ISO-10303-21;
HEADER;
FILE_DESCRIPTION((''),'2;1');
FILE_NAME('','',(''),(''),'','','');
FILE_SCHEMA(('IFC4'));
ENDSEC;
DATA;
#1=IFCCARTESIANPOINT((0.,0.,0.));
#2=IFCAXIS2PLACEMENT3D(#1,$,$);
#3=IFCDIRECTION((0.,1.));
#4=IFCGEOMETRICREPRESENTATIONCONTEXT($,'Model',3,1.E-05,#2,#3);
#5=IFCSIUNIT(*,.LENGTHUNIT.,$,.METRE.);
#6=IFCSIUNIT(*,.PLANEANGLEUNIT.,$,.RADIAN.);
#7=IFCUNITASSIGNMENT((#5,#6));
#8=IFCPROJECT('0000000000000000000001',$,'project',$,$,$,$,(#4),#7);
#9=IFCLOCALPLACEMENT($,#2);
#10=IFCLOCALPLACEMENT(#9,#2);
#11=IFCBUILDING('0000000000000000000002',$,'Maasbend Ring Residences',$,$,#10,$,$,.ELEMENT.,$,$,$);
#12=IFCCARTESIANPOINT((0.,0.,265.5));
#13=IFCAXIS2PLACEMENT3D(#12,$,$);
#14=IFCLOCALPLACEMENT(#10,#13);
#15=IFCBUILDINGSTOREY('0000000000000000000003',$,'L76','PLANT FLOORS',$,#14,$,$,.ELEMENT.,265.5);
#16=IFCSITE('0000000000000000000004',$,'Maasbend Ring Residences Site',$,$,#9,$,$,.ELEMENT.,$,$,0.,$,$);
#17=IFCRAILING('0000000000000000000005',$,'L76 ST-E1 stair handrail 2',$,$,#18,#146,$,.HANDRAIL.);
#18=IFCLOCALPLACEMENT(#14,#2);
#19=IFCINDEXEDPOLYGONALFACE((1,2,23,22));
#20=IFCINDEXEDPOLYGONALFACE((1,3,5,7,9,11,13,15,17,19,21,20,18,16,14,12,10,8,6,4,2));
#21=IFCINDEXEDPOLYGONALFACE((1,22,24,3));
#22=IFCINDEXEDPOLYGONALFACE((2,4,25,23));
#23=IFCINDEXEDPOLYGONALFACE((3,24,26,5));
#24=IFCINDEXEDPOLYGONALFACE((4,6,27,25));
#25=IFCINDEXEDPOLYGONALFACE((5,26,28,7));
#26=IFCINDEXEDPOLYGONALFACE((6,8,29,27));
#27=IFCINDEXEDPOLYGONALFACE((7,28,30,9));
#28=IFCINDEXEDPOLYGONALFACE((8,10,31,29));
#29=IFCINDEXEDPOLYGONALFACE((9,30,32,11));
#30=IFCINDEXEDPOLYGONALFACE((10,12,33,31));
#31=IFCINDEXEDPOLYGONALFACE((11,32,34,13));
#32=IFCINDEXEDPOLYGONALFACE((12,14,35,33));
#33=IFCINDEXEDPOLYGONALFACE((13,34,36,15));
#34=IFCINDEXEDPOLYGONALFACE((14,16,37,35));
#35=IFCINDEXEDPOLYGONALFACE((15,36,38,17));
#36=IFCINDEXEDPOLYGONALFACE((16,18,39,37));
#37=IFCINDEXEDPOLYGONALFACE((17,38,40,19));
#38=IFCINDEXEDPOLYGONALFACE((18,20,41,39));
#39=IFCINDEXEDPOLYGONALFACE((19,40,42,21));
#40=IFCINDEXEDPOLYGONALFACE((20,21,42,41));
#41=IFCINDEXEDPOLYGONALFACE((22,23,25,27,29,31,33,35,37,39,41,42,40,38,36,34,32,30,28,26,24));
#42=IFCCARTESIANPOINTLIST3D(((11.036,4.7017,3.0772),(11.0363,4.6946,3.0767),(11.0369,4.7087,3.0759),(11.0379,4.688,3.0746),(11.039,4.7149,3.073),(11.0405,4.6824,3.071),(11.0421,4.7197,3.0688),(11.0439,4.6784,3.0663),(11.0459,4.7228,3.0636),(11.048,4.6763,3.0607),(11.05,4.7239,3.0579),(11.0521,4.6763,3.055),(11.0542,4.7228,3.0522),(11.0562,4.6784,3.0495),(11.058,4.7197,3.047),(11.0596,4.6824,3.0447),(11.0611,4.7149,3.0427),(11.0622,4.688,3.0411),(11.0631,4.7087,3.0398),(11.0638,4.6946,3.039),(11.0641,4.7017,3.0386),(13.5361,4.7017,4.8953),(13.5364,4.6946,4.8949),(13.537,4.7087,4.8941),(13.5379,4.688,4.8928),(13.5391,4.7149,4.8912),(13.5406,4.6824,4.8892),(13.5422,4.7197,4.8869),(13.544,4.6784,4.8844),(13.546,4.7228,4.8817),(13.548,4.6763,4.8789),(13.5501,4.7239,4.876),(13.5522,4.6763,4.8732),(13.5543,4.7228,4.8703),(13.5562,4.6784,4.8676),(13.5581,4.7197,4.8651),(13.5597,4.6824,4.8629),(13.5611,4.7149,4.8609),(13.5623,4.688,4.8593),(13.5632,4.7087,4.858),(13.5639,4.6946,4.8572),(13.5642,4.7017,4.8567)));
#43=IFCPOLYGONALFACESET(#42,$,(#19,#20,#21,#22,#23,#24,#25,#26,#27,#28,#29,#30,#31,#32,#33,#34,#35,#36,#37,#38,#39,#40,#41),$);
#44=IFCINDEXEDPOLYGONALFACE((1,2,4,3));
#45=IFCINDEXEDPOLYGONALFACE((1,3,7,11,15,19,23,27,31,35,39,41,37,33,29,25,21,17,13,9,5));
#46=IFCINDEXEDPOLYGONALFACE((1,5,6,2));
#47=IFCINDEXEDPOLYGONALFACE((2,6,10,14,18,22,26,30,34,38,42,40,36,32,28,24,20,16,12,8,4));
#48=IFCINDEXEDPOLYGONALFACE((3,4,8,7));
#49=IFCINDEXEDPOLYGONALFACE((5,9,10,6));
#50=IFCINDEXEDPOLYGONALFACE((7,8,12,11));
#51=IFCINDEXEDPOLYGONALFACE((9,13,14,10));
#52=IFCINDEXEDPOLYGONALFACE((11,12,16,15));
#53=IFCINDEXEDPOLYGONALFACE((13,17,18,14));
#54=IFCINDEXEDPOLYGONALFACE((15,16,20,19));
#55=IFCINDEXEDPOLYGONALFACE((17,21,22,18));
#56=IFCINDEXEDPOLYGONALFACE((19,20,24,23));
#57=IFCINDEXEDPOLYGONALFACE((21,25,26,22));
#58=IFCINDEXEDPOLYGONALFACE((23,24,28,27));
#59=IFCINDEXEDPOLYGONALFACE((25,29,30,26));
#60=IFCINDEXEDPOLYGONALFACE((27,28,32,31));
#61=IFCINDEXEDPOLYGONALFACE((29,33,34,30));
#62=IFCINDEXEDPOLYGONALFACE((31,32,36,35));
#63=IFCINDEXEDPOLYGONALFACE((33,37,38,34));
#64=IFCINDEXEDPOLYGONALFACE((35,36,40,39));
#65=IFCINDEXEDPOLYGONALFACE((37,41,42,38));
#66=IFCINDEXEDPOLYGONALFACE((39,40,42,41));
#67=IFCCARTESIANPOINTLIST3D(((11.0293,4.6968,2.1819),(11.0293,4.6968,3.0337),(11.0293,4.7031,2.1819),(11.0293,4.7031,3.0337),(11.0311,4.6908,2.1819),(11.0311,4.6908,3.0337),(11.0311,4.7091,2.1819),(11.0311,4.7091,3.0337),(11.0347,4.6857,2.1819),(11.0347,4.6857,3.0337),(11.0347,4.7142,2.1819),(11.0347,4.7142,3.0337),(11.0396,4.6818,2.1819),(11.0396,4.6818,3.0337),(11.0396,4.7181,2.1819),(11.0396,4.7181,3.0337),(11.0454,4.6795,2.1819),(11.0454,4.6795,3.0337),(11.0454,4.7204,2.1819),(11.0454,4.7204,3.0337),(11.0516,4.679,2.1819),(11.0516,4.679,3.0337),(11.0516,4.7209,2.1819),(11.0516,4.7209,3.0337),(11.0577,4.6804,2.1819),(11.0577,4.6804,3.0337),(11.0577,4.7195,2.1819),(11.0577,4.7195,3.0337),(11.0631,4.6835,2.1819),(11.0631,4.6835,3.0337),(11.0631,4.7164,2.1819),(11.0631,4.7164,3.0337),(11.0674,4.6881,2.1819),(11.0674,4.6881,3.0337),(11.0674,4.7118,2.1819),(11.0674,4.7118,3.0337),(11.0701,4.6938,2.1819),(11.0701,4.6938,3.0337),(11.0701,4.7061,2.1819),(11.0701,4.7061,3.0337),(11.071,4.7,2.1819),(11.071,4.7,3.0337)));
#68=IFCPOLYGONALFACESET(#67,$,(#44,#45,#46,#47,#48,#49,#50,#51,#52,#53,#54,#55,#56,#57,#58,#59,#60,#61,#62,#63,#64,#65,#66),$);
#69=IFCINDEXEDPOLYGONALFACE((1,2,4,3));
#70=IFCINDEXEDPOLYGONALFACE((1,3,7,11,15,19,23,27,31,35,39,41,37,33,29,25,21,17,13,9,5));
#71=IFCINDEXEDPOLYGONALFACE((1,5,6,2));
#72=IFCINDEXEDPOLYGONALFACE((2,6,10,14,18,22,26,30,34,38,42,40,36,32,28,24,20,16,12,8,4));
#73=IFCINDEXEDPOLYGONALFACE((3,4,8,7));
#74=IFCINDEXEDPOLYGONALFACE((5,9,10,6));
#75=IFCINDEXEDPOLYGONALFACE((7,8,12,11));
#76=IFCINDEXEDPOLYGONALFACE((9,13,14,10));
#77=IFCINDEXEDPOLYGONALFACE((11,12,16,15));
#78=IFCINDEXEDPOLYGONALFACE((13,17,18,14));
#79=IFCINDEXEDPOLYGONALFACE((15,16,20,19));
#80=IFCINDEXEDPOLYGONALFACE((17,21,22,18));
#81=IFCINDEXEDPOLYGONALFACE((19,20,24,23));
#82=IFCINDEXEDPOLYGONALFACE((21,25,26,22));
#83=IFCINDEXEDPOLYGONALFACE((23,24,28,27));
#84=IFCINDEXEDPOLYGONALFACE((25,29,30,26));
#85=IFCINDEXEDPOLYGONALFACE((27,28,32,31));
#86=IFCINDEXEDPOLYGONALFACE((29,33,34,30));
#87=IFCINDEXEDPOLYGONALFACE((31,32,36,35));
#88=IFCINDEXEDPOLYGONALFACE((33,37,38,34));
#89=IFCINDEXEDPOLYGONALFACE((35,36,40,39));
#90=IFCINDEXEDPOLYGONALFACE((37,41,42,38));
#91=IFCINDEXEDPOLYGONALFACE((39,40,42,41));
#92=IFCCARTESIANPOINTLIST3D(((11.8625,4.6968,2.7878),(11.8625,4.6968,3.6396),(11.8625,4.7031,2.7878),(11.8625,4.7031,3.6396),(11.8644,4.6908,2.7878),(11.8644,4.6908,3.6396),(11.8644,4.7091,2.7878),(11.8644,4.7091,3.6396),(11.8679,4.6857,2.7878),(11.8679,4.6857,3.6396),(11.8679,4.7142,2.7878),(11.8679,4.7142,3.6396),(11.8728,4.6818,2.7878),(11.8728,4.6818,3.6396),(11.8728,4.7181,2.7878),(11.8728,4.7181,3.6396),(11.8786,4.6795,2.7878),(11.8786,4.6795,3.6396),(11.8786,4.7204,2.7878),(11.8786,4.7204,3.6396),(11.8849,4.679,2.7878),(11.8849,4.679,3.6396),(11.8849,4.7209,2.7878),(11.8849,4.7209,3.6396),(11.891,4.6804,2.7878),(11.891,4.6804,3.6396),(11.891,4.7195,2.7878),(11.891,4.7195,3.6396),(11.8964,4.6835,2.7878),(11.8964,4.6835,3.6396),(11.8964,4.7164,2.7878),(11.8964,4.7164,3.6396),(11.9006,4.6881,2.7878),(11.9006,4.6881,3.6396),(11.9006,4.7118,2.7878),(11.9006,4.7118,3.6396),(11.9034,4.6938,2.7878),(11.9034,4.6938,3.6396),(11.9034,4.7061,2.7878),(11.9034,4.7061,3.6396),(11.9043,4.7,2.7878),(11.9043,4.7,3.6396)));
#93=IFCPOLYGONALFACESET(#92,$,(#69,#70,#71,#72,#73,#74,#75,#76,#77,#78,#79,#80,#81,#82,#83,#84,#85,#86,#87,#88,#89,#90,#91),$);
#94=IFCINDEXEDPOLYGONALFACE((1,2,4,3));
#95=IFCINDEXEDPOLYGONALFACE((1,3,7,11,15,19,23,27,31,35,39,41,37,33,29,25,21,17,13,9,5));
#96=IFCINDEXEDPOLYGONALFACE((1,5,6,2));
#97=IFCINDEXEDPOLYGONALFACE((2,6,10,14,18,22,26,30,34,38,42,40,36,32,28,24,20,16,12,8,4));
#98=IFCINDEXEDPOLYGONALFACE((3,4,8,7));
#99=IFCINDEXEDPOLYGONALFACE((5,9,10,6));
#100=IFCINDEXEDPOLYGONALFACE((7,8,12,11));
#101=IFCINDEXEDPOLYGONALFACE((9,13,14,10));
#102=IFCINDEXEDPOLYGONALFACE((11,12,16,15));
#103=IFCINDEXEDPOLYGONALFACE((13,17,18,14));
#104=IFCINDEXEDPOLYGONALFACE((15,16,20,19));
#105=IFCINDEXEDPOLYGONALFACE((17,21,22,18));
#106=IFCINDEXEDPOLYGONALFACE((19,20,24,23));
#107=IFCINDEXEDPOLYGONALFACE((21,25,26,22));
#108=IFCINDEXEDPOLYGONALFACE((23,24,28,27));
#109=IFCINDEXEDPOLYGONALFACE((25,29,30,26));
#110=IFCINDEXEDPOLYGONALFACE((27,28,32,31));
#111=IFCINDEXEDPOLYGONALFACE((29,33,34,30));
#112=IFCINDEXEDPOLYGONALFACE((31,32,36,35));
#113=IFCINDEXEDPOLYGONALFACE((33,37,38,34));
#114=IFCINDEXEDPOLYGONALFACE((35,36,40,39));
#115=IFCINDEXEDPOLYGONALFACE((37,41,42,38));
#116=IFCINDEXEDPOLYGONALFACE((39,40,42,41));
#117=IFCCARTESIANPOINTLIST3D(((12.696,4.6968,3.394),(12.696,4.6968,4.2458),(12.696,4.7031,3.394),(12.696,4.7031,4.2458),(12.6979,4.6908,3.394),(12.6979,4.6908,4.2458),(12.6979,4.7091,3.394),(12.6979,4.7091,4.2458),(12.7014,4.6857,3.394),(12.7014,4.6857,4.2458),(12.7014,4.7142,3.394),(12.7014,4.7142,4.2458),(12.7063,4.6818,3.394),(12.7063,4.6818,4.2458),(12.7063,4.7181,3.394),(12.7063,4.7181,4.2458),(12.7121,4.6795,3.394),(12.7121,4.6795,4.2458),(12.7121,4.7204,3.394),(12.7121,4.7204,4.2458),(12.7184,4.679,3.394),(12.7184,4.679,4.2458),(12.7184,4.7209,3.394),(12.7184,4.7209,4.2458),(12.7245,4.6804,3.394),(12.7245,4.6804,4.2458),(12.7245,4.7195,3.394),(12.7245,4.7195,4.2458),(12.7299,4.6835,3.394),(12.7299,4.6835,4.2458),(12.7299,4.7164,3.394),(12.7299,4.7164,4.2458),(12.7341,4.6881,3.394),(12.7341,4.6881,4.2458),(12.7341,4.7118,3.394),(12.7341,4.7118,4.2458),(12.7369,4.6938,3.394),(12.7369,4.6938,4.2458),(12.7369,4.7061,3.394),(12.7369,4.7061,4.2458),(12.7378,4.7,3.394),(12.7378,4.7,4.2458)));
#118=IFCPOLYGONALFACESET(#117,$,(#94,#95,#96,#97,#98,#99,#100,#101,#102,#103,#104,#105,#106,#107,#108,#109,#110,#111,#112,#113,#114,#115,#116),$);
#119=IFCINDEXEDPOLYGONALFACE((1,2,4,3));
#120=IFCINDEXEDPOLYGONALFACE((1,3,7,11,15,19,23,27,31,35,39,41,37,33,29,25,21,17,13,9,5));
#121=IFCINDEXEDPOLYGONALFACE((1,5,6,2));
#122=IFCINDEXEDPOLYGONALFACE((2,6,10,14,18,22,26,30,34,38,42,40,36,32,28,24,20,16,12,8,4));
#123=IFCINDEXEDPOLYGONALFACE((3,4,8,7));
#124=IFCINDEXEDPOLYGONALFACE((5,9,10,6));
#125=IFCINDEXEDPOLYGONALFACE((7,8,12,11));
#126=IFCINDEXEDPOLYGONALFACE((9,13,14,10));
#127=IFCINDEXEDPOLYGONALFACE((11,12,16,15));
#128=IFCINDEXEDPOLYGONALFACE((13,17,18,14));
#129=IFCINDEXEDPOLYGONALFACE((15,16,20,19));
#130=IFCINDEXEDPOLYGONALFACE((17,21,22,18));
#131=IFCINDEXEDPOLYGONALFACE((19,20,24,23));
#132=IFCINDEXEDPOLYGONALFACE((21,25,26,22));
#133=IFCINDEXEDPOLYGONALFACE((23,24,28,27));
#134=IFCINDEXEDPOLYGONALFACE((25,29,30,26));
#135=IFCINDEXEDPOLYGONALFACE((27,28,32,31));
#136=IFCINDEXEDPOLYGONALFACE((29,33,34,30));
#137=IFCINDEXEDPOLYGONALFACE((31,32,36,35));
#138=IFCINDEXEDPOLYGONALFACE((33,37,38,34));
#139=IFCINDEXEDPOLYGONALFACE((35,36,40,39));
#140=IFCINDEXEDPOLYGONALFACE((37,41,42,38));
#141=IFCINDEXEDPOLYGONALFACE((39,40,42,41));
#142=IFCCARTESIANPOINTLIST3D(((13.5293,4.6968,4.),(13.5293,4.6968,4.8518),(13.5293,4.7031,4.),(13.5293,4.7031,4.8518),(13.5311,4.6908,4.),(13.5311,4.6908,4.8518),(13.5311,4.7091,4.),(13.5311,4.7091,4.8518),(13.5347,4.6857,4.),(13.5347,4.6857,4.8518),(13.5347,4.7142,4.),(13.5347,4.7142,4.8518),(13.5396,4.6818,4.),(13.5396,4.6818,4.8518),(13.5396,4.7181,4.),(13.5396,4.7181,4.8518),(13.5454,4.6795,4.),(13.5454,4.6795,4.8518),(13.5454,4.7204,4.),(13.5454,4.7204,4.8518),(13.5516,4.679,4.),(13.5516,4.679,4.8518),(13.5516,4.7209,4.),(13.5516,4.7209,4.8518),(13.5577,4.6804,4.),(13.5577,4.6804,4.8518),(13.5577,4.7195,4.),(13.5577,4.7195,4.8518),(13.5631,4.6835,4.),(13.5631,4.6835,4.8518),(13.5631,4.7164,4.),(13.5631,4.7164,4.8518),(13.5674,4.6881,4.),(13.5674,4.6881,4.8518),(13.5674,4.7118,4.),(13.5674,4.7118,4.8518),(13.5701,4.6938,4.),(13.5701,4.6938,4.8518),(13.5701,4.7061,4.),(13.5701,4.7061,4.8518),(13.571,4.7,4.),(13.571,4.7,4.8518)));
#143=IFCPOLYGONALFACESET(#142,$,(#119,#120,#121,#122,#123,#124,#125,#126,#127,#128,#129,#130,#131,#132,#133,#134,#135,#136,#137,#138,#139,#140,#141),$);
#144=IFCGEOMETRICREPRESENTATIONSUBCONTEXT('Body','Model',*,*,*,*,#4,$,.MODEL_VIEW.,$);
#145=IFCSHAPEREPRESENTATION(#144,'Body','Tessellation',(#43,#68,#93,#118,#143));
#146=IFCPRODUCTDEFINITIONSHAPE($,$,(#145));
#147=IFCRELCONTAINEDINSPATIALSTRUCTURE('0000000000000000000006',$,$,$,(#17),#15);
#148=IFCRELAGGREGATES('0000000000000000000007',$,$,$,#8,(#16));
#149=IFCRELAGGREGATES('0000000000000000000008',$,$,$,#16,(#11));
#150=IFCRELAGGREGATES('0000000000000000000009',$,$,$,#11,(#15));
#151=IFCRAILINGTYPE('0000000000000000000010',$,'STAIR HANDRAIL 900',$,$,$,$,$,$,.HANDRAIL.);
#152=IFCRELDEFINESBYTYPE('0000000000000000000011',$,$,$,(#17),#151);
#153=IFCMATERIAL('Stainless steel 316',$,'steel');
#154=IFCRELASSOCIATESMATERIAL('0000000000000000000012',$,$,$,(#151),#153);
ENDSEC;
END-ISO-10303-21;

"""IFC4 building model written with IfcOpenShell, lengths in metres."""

from ifc_helpers import new_model, si_unit, direction, frame, origin, origin_2d, place, context, subcontext, project, spatial, circle, extrude, material, type_object, element, save


model = new_model("IFC4")

# Units and contexts
model_context = context("Model", 3, precision=1e-05, world=origin(), true_north=direction((0.0, 1.0)))
body_context = subcontext(model_context, "Body", "Model", "MODEL_VIEW")
ifc_project = project(units=[si_unit("LENGTHUNIT", "METRE"), si_unit("PLANEANGLEUNIT", "RADIAN")], contexts=[model_context])

# Site, building, storey
site_placement = place(None, origin())
site = spatial("IfcSite", under=ifc_project, at=site_placement, Name="Maasbend Ring Residences Site", CompositionType="ELEMENT", RefElevation=0.0)
building_placement = place(site_placement, origin())
building = spatial("IfcBuilding", under=site, at=building_placement, Name="Maasbend Ring Residences", CompositionType="ELEMENT")
storey_placement = place(building_placement, frame((0.0, 0.0, 265.5)))
storey = spatial("IfcBuildingStorey", under=building, at=storey_placement, Name="L76", Description="PLANT FLOORS", CompositionType="ELEMENT", Elevation=265.5)

# Railing
ifc_material_1 = material(Name="Stainless steel 316", Category="steel")
railing_type_1 = type_object("IfcRailingType", Name="STAIR HANDRAIL 900", PredefinedType="HANDRAIL", material=ifc_material_1)
railing_1_placement = place(storey_placement, frame((11.05, 4.7, 2.1819)))
element("IfcRailing", 1, at=railing_1_placement, inside=storey, type_object=railing_type_1, Name="L76 ST-E1 stair handrail 2", PredefinedType="HANDRAIL", context=body_context, shape_type="SweptSolid", body=[
    extrude(circle(Radius=0.0239, at=origin_2d()), frame((0.0, 0.0, 0.876), z_axis=(0.808746, 0.0, 0.588158), x_axis=(0.0, 1.0, 0.0)), (0.0, 0.0, 1.0), 3.0913),
    extrude(circle(Radius=0.021, at=origin_2d()), origin(), (0.0, 0.0, 1.0), 0.8518),
    extrude(circle(Radius=0.021, at=origin_2d()), frame((0.8333, 0.0, 0.606)), (0.0, 0.0, 1.0), 0.8518),
    extrude(circle(Radius=0.021, at=origin_2d()), frame((1.6667, 0.0, 1.2122)), (0.0, 0.0, 1.0), 0.8518),
    extrude(circle(Radius=0.021, at=origin_2d()), frame((2.5, 0.0, 1.8181)), (0.0, 0.0, 1.0), 0.8518),
])

save(model, "model.ifc")
